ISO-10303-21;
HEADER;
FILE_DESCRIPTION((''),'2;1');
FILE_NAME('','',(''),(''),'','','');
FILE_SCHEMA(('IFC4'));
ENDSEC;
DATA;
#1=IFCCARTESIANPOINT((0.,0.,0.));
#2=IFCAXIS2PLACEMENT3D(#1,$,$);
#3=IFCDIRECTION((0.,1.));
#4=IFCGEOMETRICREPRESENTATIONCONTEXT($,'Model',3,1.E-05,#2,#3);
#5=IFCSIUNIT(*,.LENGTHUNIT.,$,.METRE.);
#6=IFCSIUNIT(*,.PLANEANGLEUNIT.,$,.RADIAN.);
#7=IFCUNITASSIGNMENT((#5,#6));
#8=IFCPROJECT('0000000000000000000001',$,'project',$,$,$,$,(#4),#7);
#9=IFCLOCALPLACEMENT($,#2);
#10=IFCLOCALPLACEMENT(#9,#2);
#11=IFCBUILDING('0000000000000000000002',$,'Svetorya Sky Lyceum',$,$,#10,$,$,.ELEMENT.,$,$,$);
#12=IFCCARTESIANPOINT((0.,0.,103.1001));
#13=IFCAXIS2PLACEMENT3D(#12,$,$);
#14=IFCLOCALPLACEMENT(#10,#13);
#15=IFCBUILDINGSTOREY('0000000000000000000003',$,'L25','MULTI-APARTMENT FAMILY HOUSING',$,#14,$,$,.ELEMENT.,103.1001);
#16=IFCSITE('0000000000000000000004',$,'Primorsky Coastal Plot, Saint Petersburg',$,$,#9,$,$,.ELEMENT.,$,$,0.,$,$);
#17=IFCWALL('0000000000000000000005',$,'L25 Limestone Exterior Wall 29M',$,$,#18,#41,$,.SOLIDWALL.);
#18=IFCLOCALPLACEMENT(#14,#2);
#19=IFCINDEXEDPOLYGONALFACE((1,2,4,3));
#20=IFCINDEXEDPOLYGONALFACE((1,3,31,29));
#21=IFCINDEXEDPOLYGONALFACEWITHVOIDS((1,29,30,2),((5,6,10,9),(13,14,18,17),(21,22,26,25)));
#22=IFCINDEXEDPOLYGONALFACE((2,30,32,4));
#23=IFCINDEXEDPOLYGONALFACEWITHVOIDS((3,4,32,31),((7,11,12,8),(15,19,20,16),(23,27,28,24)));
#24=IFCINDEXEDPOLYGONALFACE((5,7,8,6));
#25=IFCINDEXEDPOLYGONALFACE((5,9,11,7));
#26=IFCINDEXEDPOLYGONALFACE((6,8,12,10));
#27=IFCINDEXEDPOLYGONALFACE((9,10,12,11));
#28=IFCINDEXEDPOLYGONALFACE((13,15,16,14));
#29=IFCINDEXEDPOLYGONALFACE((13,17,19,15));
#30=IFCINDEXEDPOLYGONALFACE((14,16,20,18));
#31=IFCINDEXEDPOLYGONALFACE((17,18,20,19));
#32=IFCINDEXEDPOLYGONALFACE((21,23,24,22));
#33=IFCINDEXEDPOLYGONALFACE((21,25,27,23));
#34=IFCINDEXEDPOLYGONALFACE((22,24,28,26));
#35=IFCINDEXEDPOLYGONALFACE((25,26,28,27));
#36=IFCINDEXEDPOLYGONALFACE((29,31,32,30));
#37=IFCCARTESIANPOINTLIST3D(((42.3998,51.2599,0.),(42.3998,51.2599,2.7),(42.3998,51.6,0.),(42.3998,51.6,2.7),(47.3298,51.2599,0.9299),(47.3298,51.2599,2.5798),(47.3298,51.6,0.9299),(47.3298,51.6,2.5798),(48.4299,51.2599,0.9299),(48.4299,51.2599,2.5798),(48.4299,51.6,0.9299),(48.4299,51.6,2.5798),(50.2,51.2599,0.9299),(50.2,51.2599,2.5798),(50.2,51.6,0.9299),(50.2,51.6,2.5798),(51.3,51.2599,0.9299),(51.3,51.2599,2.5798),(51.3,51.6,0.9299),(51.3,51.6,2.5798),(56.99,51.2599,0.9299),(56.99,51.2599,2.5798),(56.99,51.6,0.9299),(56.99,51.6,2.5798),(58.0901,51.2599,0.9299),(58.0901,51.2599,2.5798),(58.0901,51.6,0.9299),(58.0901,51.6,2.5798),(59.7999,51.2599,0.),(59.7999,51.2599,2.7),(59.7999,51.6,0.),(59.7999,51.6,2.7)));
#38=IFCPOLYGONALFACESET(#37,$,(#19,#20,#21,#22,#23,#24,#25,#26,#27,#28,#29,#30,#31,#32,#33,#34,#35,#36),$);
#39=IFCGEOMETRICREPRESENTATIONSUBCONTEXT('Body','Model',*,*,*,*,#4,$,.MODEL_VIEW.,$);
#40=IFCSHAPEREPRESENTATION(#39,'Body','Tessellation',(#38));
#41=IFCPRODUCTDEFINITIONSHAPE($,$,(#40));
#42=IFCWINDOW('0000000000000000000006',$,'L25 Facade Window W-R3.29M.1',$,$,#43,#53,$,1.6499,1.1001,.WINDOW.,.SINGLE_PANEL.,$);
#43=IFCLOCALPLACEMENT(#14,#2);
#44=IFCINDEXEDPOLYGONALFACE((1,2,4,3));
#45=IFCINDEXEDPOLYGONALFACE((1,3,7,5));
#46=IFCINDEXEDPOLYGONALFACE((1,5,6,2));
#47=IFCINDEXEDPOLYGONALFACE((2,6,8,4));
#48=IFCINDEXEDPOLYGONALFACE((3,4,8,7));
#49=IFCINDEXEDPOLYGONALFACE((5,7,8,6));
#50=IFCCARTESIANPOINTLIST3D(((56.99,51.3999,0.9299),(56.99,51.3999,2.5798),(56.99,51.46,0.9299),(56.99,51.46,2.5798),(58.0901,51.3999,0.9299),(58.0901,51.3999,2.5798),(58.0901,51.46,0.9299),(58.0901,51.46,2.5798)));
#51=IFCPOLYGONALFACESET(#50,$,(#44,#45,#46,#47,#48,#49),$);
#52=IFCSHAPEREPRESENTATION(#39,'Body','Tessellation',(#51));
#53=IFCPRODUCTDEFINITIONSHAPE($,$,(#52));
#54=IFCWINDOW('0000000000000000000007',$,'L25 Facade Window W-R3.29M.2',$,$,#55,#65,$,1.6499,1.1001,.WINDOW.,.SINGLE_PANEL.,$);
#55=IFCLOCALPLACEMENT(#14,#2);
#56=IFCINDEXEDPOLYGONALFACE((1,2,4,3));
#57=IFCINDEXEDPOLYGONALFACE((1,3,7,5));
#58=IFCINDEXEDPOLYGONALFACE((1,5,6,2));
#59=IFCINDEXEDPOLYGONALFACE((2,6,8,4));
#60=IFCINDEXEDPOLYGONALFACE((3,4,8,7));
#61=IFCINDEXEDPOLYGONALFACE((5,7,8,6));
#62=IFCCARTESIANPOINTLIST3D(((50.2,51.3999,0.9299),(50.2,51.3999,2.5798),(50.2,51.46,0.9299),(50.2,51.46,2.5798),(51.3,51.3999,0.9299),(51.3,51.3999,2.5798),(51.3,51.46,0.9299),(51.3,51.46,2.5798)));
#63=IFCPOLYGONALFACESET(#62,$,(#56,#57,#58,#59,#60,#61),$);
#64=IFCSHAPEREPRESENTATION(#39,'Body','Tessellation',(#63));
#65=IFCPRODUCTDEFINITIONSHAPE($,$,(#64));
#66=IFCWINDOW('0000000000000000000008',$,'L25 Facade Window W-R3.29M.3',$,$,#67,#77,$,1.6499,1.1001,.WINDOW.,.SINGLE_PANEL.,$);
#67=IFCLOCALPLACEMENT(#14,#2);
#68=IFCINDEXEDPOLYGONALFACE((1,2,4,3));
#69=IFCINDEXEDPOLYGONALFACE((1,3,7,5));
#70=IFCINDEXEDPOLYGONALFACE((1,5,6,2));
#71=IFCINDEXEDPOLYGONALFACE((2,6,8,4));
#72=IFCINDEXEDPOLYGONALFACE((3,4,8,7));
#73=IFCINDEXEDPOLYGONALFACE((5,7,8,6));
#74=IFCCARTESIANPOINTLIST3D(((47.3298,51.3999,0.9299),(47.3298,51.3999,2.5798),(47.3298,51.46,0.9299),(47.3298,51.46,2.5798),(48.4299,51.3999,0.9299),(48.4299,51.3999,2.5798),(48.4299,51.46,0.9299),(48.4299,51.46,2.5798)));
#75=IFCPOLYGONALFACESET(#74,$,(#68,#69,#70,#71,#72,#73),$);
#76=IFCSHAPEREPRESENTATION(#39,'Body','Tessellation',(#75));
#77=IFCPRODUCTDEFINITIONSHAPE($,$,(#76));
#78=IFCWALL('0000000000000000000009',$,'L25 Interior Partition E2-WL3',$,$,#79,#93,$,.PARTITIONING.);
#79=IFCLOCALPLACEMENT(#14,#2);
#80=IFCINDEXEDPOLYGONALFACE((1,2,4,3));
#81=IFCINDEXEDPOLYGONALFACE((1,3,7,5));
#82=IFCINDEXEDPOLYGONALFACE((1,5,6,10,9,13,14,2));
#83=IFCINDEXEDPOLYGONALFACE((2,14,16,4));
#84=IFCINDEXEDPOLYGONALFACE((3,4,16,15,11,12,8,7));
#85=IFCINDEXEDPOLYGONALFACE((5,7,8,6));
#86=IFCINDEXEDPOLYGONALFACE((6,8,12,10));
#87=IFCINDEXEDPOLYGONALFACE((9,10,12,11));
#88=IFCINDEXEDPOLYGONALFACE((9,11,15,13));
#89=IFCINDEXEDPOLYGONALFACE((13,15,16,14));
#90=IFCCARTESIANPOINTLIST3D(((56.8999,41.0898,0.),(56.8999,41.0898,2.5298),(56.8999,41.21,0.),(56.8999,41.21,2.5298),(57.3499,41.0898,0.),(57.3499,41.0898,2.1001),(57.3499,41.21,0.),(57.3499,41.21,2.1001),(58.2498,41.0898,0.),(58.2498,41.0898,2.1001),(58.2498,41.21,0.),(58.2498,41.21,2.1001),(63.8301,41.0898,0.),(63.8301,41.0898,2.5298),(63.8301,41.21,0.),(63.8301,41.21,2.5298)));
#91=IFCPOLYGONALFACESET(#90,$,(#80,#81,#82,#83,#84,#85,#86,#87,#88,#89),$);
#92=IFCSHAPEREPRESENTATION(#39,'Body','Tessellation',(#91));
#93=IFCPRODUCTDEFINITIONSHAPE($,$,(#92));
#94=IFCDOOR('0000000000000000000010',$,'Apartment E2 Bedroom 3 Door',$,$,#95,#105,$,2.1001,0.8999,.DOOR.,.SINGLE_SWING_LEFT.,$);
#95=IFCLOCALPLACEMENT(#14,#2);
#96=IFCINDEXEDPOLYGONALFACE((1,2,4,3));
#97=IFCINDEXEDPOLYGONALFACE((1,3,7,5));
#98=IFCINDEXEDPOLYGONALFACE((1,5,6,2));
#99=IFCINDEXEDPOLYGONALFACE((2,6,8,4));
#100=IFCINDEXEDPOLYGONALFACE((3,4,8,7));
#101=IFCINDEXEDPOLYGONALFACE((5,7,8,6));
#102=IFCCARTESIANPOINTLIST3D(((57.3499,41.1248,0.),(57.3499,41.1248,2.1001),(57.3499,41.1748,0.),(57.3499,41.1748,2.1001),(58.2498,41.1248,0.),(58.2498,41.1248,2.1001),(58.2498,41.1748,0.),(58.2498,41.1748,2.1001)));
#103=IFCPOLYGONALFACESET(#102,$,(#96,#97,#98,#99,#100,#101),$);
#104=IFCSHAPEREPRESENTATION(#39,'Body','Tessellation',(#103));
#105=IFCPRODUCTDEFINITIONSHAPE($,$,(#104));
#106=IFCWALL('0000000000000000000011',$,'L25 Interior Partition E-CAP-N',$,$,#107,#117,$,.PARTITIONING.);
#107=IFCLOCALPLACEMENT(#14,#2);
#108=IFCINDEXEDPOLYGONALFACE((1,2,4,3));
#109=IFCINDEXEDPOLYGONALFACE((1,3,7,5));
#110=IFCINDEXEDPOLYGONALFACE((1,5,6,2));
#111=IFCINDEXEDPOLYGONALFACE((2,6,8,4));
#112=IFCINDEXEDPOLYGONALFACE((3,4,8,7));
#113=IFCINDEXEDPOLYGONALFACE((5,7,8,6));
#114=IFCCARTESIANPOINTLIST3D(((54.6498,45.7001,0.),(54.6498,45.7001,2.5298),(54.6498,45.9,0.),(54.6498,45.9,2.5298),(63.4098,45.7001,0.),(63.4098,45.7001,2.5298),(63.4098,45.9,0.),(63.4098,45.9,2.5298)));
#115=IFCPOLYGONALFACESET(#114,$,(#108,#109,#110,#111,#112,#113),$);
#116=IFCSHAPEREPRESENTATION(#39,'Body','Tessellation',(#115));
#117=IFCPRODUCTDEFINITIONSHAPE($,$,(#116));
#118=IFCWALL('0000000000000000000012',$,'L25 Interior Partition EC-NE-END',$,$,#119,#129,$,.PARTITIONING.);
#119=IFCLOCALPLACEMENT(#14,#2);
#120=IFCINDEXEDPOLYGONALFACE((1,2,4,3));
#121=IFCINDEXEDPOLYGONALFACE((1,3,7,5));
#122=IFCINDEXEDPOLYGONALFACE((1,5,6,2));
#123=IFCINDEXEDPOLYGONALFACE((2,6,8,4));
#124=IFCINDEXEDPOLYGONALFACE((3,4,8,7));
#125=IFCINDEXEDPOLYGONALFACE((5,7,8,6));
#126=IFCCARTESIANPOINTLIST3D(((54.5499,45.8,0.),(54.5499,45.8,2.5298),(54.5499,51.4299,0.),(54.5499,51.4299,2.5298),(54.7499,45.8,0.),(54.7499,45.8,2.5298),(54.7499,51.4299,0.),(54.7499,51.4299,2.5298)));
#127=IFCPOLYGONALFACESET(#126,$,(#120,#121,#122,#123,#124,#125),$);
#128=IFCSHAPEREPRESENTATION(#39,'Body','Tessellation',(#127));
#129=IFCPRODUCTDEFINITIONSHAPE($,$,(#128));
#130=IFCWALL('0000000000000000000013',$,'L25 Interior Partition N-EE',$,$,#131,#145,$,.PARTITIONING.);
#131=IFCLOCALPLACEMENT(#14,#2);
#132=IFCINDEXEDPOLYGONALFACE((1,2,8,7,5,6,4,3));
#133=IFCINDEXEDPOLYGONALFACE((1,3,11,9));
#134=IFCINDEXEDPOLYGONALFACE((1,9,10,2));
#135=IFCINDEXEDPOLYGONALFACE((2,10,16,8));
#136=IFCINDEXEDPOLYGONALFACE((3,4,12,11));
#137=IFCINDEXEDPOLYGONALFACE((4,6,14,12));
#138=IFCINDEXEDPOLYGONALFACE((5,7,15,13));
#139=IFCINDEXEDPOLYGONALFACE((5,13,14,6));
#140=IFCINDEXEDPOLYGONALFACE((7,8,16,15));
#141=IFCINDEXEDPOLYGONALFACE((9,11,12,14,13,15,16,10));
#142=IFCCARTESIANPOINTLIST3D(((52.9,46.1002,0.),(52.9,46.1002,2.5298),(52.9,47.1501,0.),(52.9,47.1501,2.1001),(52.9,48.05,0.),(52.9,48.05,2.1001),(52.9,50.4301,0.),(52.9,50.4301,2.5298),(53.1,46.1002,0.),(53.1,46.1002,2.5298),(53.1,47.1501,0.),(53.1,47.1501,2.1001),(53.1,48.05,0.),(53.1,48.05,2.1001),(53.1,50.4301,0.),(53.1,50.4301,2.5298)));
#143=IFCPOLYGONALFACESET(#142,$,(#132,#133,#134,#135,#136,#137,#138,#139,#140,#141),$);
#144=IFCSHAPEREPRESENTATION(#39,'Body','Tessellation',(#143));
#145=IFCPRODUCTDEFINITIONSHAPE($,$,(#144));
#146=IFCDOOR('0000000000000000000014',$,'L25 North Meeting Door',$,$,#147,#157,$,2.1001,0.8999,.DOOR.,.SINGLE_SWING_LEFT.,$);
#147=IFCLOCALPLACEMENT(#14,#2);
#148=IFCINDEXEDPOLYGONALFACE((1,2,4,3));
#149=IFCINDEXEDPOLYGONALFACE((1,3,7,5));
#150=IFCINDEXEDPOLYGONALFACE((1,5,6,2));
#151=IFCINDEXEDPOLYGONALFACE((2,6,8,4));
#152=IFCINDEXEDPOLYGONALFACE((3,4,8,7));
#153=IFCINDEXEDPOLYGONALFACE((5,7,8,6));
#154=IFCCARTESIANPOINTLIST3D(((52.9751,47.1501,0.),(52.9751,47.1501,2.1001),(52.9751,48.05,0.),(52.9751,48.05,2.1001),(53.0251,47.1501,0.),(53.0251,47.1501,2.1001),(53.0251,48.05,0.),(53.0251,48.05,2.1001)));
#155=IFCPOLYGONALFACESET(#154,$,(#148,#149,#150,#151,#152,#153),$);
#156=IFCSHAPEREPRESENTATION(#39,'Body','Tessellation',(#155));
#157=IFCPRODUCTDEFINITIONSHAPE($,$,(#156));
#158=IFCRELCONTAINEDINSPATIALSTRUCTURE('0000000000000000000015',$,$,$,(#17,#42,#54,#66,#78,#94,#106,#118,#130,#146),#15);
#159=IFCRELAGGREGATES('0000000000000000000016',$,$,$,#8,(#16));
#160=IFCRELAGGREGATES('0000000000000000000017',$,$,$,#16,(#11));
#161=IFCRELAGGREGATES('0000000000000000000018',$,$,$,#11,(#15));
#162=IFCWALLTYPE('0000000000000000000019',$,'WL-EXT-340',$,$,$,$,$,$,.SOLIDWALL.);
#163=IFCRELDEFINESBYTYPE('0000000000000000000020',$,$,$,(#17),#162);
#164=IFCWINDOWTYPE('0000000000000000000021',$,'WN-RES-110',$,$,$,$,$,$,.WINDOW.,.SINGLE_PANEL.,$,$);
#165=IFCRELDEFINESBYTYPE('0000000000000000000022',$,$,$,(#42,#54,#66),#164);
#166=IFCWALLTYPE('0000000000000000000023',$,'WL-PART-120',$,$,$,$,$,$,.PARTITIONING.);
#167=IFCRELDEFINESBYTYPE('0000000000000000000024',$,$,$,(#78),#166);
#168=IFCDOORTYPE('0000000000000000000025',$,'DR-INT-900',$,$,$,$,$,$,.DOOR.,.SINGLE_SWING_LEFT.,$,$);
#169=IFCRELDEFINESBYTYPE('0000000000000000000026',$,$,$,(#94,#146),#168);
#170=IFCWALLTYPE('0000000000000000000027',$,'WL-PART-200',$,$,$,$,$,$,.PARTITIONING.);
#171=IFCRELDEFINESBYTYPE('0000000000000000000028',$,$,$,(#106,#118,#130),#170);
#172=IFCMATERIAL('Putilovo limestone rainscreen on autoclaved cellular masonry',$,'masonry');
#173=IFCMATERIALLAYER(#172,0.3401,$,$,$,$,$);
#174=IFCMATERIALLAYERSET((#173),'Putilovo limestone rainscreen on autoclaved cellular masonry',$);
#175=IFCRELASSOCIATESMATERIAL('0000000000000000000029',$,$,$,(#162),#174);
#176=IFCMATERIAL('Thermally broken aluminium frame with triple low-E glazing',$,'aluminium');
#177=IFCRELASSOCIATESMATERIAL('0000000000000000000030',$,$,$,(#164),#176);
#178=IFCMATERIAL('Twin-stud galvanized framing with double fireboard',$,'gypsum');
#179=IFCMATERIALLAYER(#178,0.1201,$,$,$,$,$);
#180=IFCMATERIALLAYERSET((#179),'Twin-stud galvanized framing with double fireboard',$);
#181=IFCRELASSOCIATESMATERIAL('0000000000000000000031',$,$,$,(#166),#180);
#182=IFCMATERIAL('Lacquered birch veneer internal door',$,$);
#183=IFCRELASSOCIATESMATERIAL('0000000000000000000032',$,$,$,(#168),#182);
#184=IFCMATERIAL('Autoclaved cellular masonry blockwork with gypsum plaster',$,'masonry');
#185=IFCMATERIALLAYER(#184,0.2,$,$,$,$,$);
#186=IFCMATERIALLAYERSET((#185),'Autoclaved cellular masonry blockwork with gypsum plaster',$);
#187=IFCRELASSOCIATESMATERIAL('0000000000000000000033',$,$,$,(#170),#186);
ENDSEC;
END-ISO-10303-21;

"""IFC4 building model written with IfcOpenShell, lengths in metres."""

from ifc_helpers import new_model, si_unit, direction, frame, frame_2d, origin, place, context, subcontext, project, spatial, rectangle, extrude, material, layer, layer_set, type_object, element, fill, save


model = new_model("IFC4")

# Units and contexts
model_context = context("Model", 3, precision=1e-05, world=origin(), true_north=direction((0.0, 1.0)))
body_context = subcontext(model_context, "Body", "Model", "MODEL_VIEW")
ifc_project = project(units=[si_unit("LENGTHUNIT", "METRE"), si_unit("PLANEANGLEUNIT", "RADIAN")], contexts=[model_context])

# Site, building, storey
site_placement = place(None, origin())
site = spatial("IfcSite", under=ifc_project, at=site_placement, Name="Primorsky Coastal Plot, Saint Petersburg", CompositionType="ELEMENT", RefElevation=0.0)
building_placement = place(site_placement, origin())
building = spatial("IfcBuilding", under=site, at=building_placement, Name="Svetorya Sky Lyceum", CompositionType="ELEMENT")
storey_placement = place(building_placement, frame((0.0, 0.0, 103.1001)))
storey = spatial("IfcBuildingStorey", under=building, at=storey_placement, Name="L25", Description="MULTI-APARTMENT FAMILY HOUSING", CompositionType="ELEMENT", Elevation=103.1001)

# Shared definitions
ifc_material_1 = material(Name="Putilovo limestone rainscreen on autoclaved cellular masonry", Category="masonry")
ifc_layer_1 = layer(ifc_material_1, 0.3401)
ifc_layer_set_1 = layer_set([ifc_layer_1], Name="Putilovo limestone rainscreen on autoclaved cellular masonry")
wall_type_1 = type_object("IfcWallType", Name="WL-EXT-340", PredefinedType="SOLIDWALL", material=ifc_layer_set_1)

# Wall, openings, windows
wall_1_placement = place(storey_placement, frame((59.8, 51.4299, 0.0), z_axis=(0.0, 0.0, 1.0), x_axis=(-1.0, 0.0, 0.0)))
wall_1 = element("IfcWall", 1, at=wall_1_placement, inside=storey, type_object=wall_type_1, Name="L25 Limestone Exterior Wall 29M", PredefinedType="SOLIDWALL", context=body_context, shape_type="SweptSolid", body=[
    extrude(rectangle(XDim=17.4001, YDim=0.3401, at=frame_2d((8.7002, 0.0))), origin(), (0.0, 0.0, 1.0), 2.7),
])
opening_1_placement = place(wall_1_placement, frame((1.71, 0.0, 0.9299)))
opening_1 = element("IfcOpeningElement", 2, at=opening_1_placement, cuts=wall_1, PredefinedType="OPENING", context=body_context, shape_type="SweptSolid", body=[
    extrude(rectangle(XDim=1.1001, YDim=1.6499, at=frame_2d((0.55, 0.825))), frame((0.0, 0.1799, 0.0), z_axis=(0.0, -1.0, 0.0), x_axis=(1.0, 0.0, 0.0)), (0.0, 0.0, 1.0), 0.3601),
])
opening_2_placement = place(wall_1_placement, frame((8.5, 0.0, 0.9299)))
opening_2 = element("IfcOpeningElement", 3, at=opening_2_placement, cuts=wall_1, PredefinedType="OPENING", context=body_context, shape_type="SweptSolid", body=[
    extrude(rectangle(XDim=1.1001, YDim=1.6499, at=frame_2d((0.55, 0.825))), frame((0.0, 0.1799, 0.0), z_axis=(0.0, -1.0, 0.0), x_axis=(1.0, 0.0, 0.0)), (0.0, 0.0, 1.0), 0.3601),
])
opening_3_placement = place(wall_1_placement, frame((11.3701, 0.0, 0.9299)))
opening_3 = element("IfcOpeningElement", 4, at=opening_3_placement, cuts=wall_1, PredefinedType="OPENING", context=body_context, shape_type="SweptSolid", body=[
    extrude(rectangle(XDim=1.1001, YDim=1.6499, at=frame_2d((0.55, 0.825))), frame((0.0, 0.1799, 0.0), z_axis=(0.0, -1.0, 0.0), x_axis=(1.0, 0.0, 0.0)), (0.0, 0.0, 1.0), 0.3601),
])
ifc_material_2 = material(Name="Thermally broken aluminium frame with triple low-E glazing", Category="aluminium")
window_type = type_object("IfcWindowType", Name="WN-RES-110", PartitioningType="SINGLE_PANEL", PredefinedType="WINDOW", material=ifc_material_2)
window_1_placement = place(opening_1_placement, origin())
window_1 = element("IfcWindow", 5, at=window_1_placement, inside=storey, type_object=window_type, Name="L25 Facade Window W-R3.29M.1", OverallHeight=1.6499, OverallWidth=1.1001, PartitioningType="SINGLE_PANEL", PredefinedType="WINDOW", context=body_context, shape_type="SweptSolid", body=[
    extrude(rectangle(XDim=1.1001, YDim=1.6499, at=frame_2d((0.55, 0.825))), frame((0.0, 0.03, 0.0), z_axis=(0.0, -1.0, 0.0), x_axis=(1.0, 0.0, 0.0)), (0.0, 0.0, 1.0), 0.0601),
])
fill(opening_1, window_1)
window_2_placement = place(opening_2_placement, origin())
window_2 = element("IfcWindow", 6, at=window_2_placement, inside=storey, type_object=window_type, Name="L25 Facade Window W-R3.29M.2", OverallHeight=1.6499, OverallWidth=1.1001, PartitioningType="SINGLE_PANEL", PredefinedType="WINDOW", context=body_context, shape_type="SweptSolid", body=[
    extrude(rectangle(XDim=1.1001, YDim=1.6499, at=frame_2d((0.55, 0.825))), frame((0.0, 0.03, 0.0), z_axis=(0.0, -1.0, 0.0), x_axis=(1.0, 0.0, 0.0)), (0.0, 0.0, 1.0), 0.0601),
])
fill(opening_2, window_2)
window_3_placement = place(opening_3_placement, origin())
window_3 = element("IfcWindow", 7, at=window_3_placement, inside=storey, type_object=window_type, Name="L25 Facade Window W-R3.29M.3", OverallHeight=1.6499, OverallWidth=1.1001, PartitioningType="SINGLE_PANEL", PredefinedType="WINDOW", context=body_context, shape_type="SweptSolid", body=[
    extrude(rectangle(XDim=1.1001, YDim=1.6499, at=frame_2d((0.55, 0.825))), frame((0.0, 0.03, 0.0), z_axis=(0.0, -1.0, 0.0), x_axis=(1.0, 0.0, 0.0)), (0.0, 0.0, 1.0), 0.0601),
])
fill(opening_3, window_3)

# Wall, opening, door
ifc_material_3 = material(Name="Twin-stud galvanized framing with double fireboard", Category="gypsum")
ifc_layer_2 = layer(ifc_material_3, 0.1201)
ifc_layer_set_2 = layer_set([ifc_layer_2], Name="Twin-stud galvanized framing with double fireboard")
wall_type_2 = type_object("IfcWallType", Name="WL-PART-120", PredefinedType="PARTITIONING", material=ifc_layer_set_2)
wall_2_placement = place(storey_placement, frame((56.8999, 41.1499, 0.0), z_axis=(0.0, 0.0, 1.0), x_axis=(1.0, 0.0, 0.0)))
wall_2 = element("IfcWall", 8, at=wall_2_placement, inside=storey, type_object=wall_type_2, Name="L25 Interior Partition E2-WL3", PredefinedType="PARTITIONING", context=body_context, shape_type="SweptSolid", body=[
    extrude(rectangle(XDim=6.9302, YDim=0.1201, at=frame_2d((3.4651, 0.0))), origin(), (0.0, 0.0, 1.0), 2.5298),
])
opening_4_placement = place(wall_2_placement, frame((0.45, 0.0, 0.0)))
opening_4 = element("IfcOpeningElement", 9, at=opening_4_placement, cuts=wall_2, PredefinedType="OPENING", context=body_context, shape_type="SweptSolid", body=[
    extrude(rectangle(XDim=0.8999, YDim=2.1001, at=frame_2d((0.45, 1.05))), frame((0.0, 0.0701, 0.0), z_axis=(0.0, -1.0, 0.0), x_axis=(1.0, 0.0, 0.0)), (0.0, 0.0, 1.0), 0.1401),
])
ifc_material_4 = material(Name="Lacquered birch veneer internal door")
door_type = type_object("IfcDoorType", Name="DR-INT-900", OperationType="SINGLE_SWING_LEFT", PredefinedType="DOOR", material=ifc_material_4)
door_1_placement = place(opening_4_placement, origin())
door_1 = element("IfcDoor", 10, at=door_1_placement, inside=storey, type_object=door_type, Name="Apartment E2 Bedroom 3 Door", OperationType="SINGLE_SWING_LEFT", OverallHeight=2.1001, OverallWidth=0.8999, PredefinedType="DOOR", context=body_context, shape_type="SweptSolid", body=[
    extrude(rectangle(XDim=0.8999, YDim=2.1001, at=frame_2d((0.45, 1.05))), frame((0.0, 0.0249, 0.0), z_axis=(0.0, -1.0, 0.0), x_axis=(1.0, 0.0, 0.0)), (0.0, 0.0, 1.0), 0.05),
])
fill(opening_4, door_1)

# Walls
ifc_material_5 = material(Name="Autoclaved cellular masonry blockwork with gypsum plaster", Category="masonry")
ifc_layer_3 = layer(ifc_material_5, 0.2)
ifc_layer_set_3 = layer_set([ifc_layer_3], Name="Autoclaved cellular masonry blockwork with gypsum plaster")
wall_type_3 = type_object("IfcWallType", Name="WL-PART-200", PredefinedType="PARTITIONING", material=ifc_layer_set_3)
wall_3_placement = place(storey_placement, frame((54.6499, 45.8, 0.0), z_axis=(0.0, 0.0, 1.0), x_axis=(1.0, 0.0, 0.0)))
element("IfcWall", 11, at=wall_3_placement, inside=storey, type_object=wall_type_3, Name="L25 Interior Partition E-CAP-N", PredefinedType="PARTITIONING", context=body_context, shape_type="SweptSolid", body=[
    extrude(rectangle(XDim=8.76, YDim=0.2, at=frame_2d((4.3799, 0.0))), origin(), (0.0, 0.0, 1.0), 2.5298),
])
wall_4_placement = place(storey_placement, frame((54.6499, 45.8, 0.0), z_axis=(0.0, 0.0, 1.0), x_axis=(0.0, 1.0, 0.0)))
element("IfcWall", 12, at=wall_4_placement, inside=storey, type_object=wall_type_3, Name="L25 Interior Partition EC-NE-END", PredefinedType="PARTITIONING", context=body_context, shape_type="SweptSolid", body=[
    extrude(rectangle(XDim=5.6299, YDim=0.2, at=frame_2d((2.8149, 0.0))), origin(), (0.0, 0.0, 1.0), 2.5298),
])

# Wall, opening, door
wall_5_placement = place(storey_placement, frame((53.0, 46.1001, 0.0), z_axis=(0.0, 0.0, 1.0), x_axis=(0.0, 1.0, 0.0)))
wall_5 = element("IfcWall", 13, at=wall_5_placement, inside=storey, type_object=wall_type_3, Name="L25 Interior Partition N-EE", PredefinedType="PARTITIONING", context=body_context, shape_type="SweptSolid", body=[
    extrude(rectangle(XDim=4.3298, YDim=0.2, at=frame_2d((2.165, 0.0))), origin(), (0.0, 0.0, 1.0), 2.5298),
])
opening_5_placement = place(wall_5_placement, frame((1.05, 0.0, 0.0)))
opening_5 = element("IfcOpeningElement", 14, at=opening_5_placement, cuts=wall_5, PredefinedType="OPENING", context=body_context, shape_type="SweptSolid", body=[
    extrude(rectangle(XDim=0.8999, YDim=2.1001, at=frame_2d((0.45, 1.05))), frame((0.0, 0.1099, 0.0), z_axis=(0.0, -1.0, 0.0), x_axis=(1.0, 0.0, 0.0)), (0.0, 0.0, 1.0), 0.22),
])
door_2_placement = place(opening_5_placement, origin())
door_2 = element("IfcDoor", 15, at=door_2_placement, inside=storey, type_object=door_type, Name="L25 North Meeting Door", OperationType="SINGLE_SWING_LEFT", OverallHeight=2.1001, OverallWidth=0.8999, PredefinedType="DOOR", context=body_context, shape_type="SweptSolid", body=[
    extrude(rectangle(XDim=0.8999, YDim=2.1001, at=frame_2d((0.45, 1.05))), frame((0.0, 0.0249, 0.0), z_axis=(0.0, -1.0, 0.0), x_axis=(1.0, 0.0, 0.0)), (0.0, 0.0, 1.0), 0.05),
])
fill(opening_5, door_2)

save(model, "model.ifc")
